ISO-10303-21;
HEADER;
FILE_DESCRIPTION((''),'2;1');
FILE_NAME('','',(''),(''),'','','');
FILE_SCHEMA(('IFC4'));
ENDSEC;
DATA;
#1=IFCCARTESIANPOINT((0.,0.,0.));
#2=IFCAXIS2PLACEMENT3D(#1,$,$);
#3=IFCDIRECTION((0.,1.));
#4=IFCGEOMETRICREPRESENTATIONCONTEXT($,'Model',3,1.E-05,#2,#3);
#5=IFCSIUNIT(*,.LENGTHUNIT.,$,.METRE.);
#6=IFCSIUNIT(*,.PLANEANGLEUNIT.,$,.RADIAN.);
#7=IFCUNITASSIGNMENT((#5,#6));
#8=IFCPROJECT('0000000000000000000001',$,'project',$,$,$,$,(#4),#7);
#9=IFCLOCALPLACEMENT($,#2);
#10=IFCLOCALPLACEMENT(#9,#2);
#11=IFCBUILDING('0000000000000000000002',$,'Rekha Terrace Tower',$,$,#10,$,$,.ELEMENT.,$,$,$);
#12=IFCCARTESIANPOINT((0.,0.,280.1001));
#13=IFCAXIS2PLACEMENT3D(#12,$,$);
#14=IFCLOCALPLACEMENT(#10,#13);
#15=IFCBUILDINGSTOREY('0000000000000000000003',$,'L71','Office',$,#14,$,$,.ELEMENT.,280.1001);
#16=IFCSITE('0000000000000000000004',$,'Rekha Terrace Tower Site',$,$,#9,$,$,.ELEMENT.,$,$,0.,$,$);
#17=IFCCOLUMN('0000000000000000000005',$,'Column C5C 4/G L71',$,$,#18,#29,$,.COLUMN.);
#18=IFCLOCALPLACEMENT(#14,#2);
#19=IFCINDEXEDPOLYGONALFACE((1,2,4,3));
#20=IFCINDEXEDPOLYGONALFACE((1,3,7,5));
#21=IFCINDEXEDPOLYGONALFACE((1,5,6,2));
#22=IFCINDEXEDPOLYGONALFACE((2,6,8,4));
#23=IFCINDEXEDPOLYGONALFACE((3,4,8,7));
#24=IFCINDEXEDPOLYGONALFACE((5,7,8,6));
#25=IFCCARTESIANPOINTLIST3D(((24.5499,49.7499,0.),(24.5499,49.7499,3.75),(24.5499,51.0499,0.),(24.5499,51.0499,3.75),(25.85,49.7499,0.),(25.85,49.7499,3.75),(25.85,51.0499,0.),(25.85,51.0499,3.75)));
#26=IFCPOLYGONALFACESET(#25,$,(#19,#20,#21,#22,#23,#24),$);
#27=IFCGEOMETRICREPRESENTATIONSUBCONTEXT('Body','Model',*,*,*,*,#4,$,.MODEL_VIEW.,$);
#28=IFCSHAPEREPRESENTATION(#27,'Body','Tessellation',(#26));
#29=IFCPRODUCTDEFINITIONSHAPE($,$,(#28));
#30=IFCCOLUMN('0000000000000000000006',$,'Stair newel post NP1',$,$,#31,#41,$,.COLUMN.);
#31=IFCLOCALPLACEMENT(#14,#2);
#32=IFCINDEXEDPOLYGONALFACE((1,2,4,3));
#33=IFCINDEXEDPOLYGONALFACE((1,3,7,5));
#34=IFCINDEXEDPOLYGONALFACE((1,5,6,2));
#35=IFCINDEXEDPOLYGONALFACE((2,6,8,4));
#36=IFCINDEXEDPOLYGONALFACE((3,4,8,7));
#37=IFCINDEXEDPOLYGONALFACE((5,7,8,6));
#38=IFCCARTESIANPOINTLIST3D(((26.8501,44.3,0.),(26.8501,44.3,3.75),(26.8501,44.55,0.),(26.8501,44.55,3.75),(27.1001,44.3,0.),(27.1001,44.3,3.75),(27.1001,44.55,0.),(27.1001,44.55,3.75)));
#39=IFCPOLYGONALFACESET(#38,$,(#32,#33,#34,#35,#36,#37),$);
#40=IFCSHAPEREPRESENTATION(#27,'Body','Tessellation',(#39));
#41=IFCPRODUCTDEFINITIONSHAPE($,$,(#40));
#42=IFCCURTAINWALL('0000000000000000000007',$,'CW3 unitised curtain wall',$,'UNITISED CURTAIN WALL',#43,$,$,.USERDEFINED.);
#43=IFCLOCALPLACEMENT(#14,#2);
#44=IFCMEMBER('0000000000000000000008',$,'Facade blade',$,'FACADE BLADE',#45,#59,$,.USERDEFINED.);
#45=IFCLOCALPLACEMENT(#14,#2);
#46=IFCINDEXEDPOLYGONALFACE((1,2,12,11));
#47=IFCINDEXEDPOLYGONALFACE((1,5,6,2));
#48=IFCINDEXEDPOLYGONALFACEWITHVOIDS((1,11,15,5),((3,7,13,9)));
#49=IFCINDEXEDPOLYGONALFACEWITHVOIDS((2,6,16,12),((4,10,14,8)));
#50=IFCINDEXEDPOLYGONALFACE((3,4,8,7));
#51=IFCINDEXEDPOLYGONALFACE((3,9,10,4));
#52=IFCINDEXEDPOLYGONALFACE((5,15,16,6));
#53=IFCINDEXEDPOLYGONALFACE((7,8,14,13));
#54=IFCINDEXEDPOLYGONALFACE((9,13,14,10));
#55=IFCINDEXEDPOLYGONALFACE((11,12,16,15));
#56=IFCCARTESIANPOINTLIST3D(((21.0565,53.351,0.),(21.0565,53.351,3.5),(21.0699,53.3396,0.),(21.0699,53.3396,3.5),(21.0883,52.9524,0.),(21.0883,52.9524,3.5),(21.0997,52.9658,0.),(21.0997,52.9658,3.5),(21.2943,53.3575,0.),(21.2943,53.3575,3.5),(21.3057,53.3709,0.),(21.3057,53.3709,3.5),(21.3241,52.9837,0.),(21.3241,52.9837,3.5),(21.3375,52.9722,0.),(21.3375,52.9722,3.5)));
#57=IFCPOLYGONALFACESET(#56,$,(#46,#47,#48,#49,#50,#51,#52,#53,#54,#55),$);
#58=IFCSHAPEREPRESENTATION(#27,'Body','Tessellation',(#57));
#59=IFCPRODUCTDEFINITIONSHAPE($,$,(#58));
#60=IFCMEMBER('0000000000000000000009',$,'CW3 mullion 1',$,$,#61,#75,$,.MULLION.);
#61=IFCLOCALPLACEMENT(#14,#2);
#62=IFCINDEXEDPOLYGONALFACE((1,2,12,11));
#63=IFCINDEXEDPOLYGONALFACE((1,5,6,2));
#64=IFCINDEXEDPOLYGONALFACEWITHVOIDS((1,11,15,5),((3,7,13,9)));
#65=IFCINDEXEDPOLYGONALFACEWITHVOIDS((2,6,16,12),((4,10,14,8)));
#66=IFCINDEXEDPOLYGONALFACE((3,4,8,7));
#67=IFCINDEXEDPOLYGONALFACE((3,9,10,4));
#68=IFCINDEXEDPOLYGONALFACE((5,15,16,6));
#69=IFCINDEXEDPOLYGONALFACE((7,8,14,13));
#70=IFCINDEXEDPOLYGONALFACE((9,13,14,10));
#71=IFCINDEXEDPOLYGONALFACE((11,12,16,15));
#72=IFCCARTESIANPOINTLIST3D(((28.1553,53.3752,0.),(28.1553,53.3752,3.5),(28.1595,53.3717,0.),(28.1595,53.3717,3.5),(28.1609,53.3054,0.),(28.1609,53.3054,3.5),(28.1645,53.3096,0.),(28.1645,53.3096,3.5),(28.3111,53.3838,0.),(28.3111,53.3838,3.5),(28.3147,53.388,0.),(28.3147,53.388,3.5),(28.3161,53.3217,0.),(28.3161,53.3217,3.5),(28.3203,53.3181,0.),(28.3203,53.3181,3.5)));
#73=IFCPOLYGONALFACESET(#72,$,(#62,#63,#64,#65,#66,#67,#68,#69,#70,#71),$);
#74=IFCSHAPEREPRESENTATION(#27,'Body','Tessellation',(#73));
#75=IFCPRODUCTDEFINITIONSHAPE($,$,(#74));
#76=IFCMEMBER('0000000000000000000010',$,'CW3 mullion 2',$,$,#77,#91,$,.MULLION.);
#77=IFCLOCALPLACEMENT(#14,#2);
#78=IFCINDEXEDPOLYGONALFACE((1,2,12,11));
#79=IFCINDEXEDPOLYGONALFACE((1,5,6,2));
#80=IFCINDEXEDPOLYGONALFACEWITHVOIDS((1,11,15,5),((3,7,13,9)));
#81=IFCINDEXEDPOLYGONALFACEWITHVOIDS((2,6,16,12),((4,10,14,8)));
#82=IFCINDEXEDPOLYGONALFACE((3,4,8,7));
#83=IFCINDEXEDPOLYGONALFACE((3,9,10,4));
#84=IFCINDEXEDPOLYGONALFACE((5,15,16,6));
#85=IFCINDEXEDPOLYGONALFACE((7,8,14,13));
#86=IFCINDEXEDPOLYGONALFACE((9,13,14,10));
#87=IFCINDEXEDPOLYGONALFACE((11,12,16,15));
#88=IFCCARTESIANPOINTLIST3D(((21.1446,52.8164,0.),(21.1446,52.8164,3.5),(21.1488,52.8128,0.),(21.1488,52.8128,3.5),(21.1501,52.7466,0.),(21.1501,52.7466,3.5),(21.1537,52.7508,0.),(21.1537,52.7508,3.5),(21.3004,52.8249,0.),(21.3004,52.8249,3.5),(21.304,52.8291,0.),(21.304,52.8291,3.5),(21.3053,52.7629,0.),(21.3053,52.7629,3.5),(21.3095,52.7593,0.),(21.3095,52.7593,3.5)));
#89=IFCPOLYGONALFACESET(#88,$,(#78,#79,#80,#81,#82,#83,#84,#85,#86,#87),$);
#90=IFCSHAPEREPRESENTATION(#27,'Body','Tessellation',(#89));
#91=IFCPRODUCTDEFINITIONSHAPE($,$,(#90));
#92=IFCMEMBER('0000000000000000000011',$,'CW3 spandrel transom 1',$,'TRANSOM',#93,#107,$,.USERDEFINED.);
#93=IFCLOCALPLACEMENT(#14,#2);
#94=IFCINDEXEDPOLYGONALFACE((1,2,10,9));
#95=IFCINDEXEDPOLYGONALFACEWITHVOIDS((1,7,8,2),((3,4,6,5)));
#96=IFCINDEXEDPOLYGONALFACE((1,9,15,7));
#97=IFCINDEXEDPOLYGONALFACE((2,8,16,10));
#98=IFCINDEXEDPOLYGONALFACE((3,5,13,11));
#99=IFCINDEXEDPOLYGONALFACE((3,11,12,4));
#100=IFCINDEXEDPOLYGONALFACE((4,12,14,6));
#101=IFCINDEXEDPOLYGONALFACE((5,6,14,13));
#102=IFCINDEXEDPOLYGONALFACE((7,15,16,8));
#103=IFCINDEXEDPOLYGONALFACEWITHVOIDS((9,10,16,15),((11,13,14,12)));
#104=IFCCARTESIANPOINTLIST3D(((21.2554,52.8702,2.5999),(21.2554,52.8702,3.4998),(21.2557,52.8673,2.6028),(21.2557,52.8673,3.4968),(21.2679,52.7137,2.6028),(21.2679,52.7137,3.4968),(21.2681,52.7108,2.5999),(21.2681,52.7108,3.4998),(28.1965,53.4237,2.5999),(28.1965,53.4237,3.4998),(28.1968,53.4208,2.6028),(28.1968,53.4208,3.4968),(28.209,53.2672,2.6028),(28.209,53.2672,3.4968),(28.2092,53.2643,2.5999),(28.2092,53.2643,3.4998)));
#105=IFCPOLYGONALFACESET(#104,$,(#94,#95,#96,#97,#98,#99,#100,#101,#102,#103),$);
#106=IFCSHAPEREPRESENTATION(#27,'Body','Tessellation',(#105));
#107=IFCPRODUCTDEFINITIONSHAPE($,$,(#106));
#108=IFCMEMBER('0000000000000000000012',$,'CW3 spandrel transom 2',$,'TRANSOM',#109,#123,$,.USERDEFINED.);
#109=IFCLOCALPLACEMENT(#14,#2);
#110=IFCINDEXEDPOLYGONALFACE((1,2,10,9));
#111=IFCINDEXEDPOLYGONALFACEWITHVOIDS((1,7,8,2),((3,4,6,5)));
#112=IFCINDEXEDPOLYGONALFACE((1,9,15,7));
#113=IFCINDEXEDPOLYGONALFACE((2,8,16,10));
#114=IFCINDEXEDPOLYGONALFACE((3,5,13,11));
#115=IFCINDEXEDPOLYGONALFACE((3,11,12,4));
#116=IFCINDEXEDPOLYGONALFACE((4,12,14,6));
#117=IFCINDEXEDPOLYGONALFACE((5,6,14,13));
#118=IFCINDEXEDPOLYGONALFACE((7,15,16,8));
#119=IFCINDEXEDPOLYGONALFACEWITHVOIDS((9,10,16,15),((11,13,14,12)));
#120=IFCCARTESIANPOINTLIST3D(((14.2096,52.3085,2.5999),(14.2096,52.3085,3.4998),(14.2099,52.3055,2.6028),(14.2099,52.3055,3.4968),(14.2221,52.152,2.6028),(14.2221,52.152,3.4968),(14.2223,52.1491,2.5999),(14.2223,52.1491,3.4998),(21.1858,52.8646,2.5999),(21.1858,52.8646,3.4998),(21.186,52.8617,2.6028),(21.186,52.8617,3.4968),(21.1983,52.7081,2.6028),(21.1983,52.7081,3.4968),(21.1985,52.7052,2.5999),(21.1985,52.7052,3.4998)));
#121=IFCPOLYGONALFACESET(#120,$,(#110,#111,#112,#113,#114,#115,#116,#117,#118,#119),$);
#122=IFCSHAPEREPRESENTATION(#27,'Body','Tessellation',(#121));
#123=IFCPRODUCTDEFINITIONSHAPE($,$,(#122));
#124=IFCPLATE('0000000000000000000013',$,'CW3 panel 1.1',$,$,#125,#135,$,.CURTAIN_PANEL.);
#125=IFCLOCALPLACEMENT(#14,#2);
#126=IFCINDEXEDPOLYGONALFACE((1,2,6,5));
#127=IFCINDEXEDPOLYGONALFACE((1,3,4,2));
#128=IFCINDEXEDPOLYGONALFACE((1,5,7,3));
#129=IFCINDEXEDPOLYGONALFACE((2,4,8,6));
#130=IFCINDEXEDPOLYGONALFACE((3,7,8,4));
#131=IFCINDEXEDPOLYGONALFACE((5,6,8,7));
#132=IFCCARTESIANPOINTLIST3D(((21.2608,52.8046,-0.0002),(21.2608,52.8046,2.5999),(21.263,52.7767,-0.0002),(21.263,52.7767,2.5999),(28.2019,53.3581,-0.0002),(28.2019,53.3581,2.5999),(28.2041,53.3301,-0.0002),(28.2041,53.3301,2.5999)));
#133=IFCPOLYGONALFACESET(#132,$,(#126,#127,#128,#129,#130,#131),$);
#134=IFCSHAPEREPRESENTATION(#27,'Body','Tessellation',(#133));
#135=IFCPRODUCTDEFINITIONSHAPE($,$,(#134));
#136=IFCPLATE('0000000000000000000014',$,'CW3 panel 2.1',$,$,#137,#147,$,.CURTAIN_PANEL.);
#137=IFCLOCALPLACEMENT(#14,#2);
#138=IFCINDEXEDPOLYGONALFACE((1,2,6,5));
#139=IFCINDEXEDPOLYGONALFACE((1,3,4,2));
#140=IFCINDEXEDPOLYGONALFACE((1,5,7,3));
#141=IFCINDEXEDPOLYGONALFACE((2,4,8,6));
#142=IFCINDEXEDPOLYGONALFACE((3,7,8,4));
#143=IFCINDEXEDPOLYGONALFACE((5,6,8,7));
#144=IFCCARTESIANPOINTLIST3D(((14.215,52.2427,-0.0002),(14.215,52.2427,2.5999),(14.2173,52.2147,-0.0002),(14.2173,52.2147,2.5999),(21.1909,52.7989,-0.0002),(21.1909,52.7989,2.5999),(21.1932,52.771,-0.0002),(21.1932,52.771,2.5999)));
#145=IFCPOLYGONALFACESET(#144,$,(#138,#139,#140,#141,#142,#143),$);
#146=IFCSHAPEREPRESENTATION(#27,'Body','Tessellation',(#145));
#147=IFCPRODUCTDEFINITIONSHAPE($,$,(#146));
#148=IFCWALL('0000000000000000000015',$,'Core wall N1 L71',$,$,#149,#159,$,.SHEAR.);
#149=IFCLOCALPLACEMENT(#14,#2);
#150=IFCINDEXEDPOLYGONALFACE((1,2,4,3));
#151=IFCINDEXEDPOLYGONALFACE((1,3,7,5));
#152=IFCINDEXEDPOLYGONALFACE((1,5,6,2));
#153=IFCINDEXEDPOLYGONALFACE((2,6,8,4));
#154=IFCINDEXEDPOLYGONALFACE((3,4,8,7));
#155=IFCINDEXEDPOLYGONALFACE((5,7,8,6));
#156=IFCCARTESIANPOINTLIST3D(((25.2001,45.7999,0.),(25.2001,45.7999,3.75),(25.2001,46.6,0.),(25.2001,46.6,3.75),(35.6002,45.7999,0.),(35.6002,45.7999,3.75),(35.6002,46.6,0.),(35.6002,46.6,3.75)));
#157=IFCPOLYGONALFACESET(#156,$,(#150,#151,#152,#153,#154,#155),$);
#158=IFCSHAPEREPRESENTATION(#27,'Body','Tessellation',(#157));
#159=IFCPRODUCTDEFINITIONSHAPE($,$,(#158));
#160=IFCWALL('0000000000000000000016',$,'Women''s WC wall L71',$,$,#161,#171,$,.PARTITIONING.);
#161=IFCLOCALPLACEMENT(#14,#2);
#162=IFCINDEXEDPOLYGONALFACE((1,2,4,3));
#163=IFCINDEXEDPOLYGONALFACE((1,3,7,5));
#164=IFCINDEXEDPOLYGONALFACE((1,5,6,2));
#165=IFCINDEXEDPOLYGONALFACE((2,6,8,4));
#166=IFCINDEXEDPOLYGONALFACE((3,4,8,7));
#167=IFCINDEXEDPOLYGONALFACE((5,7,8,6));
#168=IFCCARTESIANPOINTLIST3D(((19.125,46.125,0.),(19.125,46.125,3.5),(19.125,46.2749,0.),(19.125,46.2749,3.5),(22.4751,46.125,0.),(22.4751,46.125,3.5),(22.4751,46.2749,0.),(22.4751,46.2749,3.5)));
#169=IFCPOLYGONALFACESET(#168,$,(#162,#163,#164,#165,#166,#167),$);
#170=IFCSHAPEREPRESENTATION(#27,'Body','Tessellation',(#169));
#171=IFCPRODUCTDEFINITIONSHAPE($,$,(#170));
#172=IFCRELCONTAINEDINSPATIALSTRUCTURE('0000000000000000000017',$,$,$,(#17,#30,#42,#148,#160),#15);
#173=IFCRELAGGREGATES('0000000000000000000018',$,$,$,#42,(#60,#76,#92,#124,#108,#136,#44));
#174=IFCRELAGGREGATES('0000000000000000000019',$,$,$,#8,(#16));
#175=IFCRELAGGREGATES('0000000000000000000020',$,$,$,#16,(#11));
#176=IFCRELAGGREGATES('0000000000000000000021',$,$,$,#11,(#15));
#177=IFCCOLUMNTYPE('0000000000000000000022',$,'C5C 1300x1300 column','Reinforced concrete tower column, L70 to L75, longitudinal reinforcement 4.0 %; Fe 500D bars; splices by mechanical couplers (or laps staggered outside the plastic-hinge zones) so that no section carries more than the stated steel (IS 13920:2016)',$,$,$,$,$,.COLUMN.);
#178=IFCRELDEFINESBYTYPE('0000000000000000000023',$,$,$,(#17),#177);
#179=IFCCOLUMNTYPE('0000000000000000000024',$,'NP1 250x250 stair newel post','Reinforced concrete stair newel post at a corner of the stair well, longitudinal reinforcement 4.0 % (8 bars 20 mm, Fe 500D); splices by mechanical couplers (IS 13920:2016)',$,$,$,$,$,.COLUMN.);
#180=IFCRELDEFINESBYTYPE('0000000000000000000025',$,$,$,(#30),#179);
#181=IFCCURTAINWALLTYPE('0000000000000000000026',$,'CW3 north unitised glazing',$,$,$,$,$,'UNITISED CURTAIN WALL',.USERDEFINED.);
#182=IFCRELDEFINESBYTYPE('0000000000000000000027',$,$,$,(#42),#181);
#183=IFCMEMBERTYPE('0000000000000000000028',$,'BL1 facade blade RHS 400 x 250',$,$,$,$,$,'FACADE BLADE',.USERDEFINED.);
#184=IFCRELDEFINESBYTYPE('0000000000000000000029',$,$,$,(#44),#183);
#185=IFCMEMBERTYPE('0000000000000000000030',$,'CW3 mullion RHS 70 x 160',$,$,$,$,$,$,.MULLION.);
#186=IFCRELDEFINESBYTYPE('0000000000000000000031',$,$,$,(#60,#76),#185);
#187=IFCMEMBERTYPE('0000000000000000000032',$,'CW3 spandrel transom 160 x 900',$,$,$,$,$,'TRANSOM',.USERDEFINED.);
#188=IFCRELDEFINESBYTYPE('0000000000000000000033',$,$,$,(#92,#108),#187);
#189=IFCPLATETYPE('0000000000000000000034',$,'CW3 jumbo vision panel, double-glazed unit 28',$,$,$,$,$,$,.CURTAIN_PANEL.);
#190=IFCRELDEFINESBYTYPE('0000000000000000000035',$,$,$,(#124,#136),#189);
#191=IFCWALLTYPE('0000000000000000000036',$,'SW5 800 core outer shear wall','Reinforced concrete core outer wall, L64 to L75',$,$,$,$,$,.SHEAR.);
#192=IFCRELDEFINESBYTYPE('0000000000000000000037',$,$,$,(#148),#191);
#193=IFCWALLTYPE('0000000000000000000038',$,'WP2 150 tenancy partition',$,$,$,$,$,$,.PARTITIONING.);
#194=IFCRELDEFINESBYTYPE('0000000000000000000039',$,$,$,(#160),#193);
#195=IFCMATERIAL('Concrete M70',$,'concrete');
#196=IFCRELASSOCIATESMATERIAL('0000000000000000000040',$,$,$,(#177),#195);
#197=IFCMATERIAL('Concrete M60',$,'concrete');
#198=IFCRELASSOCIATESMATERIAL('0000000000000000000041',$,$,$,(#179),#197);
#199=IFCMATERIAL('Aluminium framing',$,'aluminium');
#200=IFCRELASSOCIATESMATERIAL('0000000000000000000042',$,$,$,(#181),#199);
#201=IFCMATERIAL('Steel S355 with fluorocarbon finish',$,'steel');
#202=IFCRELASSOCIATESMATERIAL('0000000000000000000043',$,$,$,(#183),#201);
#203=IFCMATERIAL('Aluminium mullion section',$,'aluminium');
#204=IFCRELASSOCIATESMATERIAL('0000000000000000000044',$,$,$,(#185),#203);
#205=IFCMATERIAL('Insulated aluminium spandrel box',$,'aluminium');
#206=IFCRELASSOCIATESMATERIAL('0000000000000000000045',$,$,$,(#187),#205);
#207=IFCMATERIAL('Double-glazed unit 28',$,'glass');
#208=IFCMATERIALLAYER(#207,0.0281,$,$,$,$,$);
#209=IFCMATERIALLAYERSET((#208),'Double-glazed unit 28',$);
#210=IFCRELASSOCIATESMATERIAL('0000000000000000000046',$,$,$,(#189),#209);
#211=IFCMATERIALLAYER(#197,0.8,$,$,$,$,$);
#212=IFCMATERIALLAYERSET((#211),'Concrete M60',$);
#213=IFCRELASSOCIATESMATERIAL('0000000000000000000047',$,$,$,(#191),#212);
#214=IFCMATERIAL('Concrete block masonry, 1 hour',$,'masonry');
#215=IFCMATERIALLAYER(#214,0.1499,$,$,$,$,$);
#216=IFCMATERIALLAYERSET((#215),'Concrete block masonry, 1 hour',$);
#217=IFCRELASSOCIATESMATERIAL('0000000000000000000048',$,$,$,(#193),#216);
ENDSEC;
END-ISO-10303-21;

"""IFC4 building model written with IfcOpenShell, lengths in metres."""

from ifc_helpers import new_model, si_unit, direction, frame, frame_2d, origin, origin_2d, place, context, subcontext, project, spatial, rectangle, hollow_rectangle, extrude, material, layer, layer_set, material_profile, profile_set, type_object, element, aggregate, save


model = new_model("IFC4")

# Units and contexts
model_context = context("Model", 3, precision=1e-05, world=origin(), true_north=direction((0.0, 1.0)))
body_context = subcontext(model_context, "Body", "Model", "MODEL_VIEW")
ifc_project = project(units=[si_unit("LENGTHUNIT", "METRE"), si_unit("PLANEANGLEUNIT", "RADIAN")], contexts=[model_context])

# Site, building, storey
site_placement = place(None, origin())
site = spatial("IfcSite", under=ifc_project, at=site_placement, Name="Rekha Terrace Tower Site", CompositionType="ELEMENT", RefElevation=0.0)
building_placement = place(site_placement, origin())
building = spatial("IfcBuilding", under=site, at=building_placement, Name="Rekha Terrace Tower", CompositionType="ELEMENT")
storey_placement = place(building_placement, frame((0.0, 0.0, 280.1001)))
storey = spatial("IfcBuildingStorey", under=building, at=storey_placement, Name="L71", Description="Office", CompositionType="ELEMENT", Elevation=280.1001)

# Columns
ifc_material_1 = material(Name="Concrete M70", Category="concrete")
ifc_material_profile_1 = material_profile(ifc_material_1, rectangle(XDim=1.3, YDim=1.3, at=origin_2d()), Name="RC 1300x1300")
ifc_profile_set_1 = profile_set([ifc_material_profile_1], Name="Concrete M70")
column_type_1 = type_object("IfcColumnType", Name="C5C 1300x1300 column", Description="Reinforced concrete tower column, L70 to L75, longitudinal reinforcement 4.0 %; Fe 500D bars; splices by mechanical couplers (or laps staggered outside the plastic-hinge zones) so that no section carries more than the stated steel (IS 13920:2016)", PredefinedType="COLUMN", material=ifc_profile_set_1)
column_1_placement = place(storey_placement, frame((25.2, 50.3999, 0.0), z_axis=(0.0, 0.0, 1.0), x_axis=(1.0, 0.0, 0.0)))
element("IfcColumn", 1, at=column_1_placement, inside=storey, type_object=column_type_1, Name="Column C5C 4/G L71", PredefinedType="COLUMN", context=body_context, shape_type="SweptSolid", body=[
    extrude(rectangle(XDim=1.3, YDim=1.3, at=origin_2d()), origin(), (0.0, 0.0, 1.0), 3.75),
])
ifc_material_2 = material(Name="Concrete M60", Category="concrete")
ifc_material_profile_2 = material_profile(ifc_material_2, rectangle(XDim=0.25, YDim=0.25, at=origin_2d()), Name="RC 250x250")
ifc_profile_set_2 = profile_set([ifc_material_profile_2], Name="Concrete M60")
column_type_2 = type_object("IfcColumnType", Name="NP1 250x250 stair newel post", Description="Reinforced concrete stair newel post at a corner of the stair well, longitudinal reinforcement 4.0 % (8 bars 20 mm, Fe 500D); splices by mechanical couplers (IS 13920:2016)", PredefinedType="COLUMN", material=ifc_profile_set_2)
column_2_placement = place(storey_placement, frame((26.9751, 44.425, 0.0), z_axis=(0.0, 0.0, 1.0), x_axis=(1.0, 0.0, 0.0)))
element("IfcColumn", 2, at=column_2_placement, inside=storey, type_object=column_type_2, Name="Stair newel post NP1", PredefinedType="COLUMN", context=body_context, shape_type="SweptSolid", body=[
    extrude(rectangle(XDim=0.25, YDim=0.25, at=origin_2d()), origin(), (0.0, 0.0, 1.0), 3.75),
])

# Curtain wall, members, plates
ifc_material_3 = material(Name="Aluminium framing", Category="aluminium")
curtain_wall_type = type_object("IfcCurtainWallType", Name="CW3 north unitised glazing", ElementType="UNITISED CURTAIN WALL", PredefinedType="USERDEFINED", material=ifc_material_3)
curtain_wall_placement = place(storey_placement, origin())
curtain_wall = element("IfcCurtainWall", 3, at=curtain_wall_placement, inside=storey, type_object=curtain_wall_type, Name="CW3 unitised curtain wall", ObjectType="UNITISED CURTAIN WALL", PredefinedType="USERDEFINED")
ifc_material_4 = material(Name="Steel S355 with fluorocarbon finish", Category="steel")
ifc_material_profile_3 = material_profile(ifc_material_4, hollow_rectangle(XDim=0.25, YDim=0.3999, WallThickness=0.0125, at=origin_2d()), Name="RHS400x250x12.5")
ifc_profile_set_3 = profile_set([ifc_material_profile_3], Name="Steel S355 with fluorocarbon finish")
member_type_1 = type_object("IfcMemberType", Name="BL1 facade blade RHS 400 x 250", ElementType="FACADE BLADE", PredefinedType="USERDEFINED", material=ifc_profile_set_3)
member_1_placement = place(storey_placement, frame((21.197, 53.1616, 0.0), z_axis=(0.0, 0.0, 1.0), x_axis=(-0.996836, -0.079486, 0.0)))
member_1 = element("IfcMember", 4, at=member_1_placement, type_object=member_type_1, Name="Facade blade", ObjectType="FACADE BLADE", PredefinedType="USERDEFINED", context=body_context, shape_type="SweptSolid", body=[
    extrude(hollow_rectangle(XDim=0.25, YDim=0.3999, WallThickness=0.0125, at=origin_2d()), origin(), (0.0, 0.0, 1.0), 3.5),
])
ifc_material_5 = material(Name="Aluminium mullion section", Category="aluminium")
ifc_material_profile_4 = material_profile(ifc_material_5, hollow_rectangle(XDim=0.0701, YDim=0.1599, WallThickness=0.0039, at=origin_2d()), Name="AL RHS 70x160")
ifc_profile_set_4 = profile_set([ifc_material_profile_4], Name="Aluminium mullion section")
member_type_2 = type_object("IfcMemberType", Name="CW3 mullion RHS 70 x 160", PredefinedType="MULLION", material=ifc_profile_set_4)
member_2_placement = place(storey_placement, frame((28.2378, 53.3467, 0.0), z_axis=(0.0, 0.0, 1.0), x_axis=(0.079485, -0.996836, 0.0)))
member_2 = element("IfcMember", 5, at=member_2_placement, type_object=member_type_2, Name="CW3 mullion 1", PredefinedType="MULLION", context=body_context, shape_type="SweptSolid", body=[
    extrude(hollow_rectangle(XDim=0.0701, YDim=0.1599, WallThickness=0.0039, at=origin_2d()), origin(), (0.0, 0.0, 1.0), 3.5),
])
member_3_placement = place(storey_placement, frame((21.2271, 52.7878, 0.0), z_axis=(0.0, 0.0, 1.0), x_axis=(0.079485, -0.996836, 0.0)))
member_3 = element("IfcMember", 6, at=member_3_placement, type_object=member_type_2, Name="CW3 mullion 2", PredefinedType="MULLION", context=body_context, shape_type="SweptSolid", body=[
    extrude(hollow_rectangle(XDim=0.0701, YDim=0.1599, WallThickness=0.0039, at=origin_2d()), origin(), (0.0, 0.0, 1.0), 3.5),
])
ifc_material_6 = material(Name="Insulated aluminium spandrel box", Category="aluminium")
ifc_material_profile_5 = material_profile(ifc_material_6, hollow_rectangle(XDim=0.1599, YDim=0.8999, WallThickness=0.0029, at=origin_2d()), Name="AL SPANDREL BOX 160x900")
ifc_profile_set_5 = profile_set([ifc_material_profile_5], Name="Insulated aluminium spandrel box")
member_type_3 = type_object("IfcMemberType", Name="CW3 spandrel transom 160 x 900", ElementType="TRANSOM", PredefinedType="USERDEFINED", material=ifc_profile_set_5)
member_4_placement = place(storey_placement, frame((28.2029, 53.344, 3.0498), z_axis=(-0.996836, -0.079485, 0.0), x_axis=(0.079485, -0.996836, 0.0)))
member_4 = element("IfcMember", 7, at=member_4_placement, type_object=member_type_3, Name="CW3 spandrel transom 1", ObjectType="TRANSOM", PredefinedType="USERDEFINED", context=body_context, shape_type="SweptSolid", body=[
    extrude(hollow_rectangle(XDim=0.1599, YDim=0.8999, WallThickness=0.0029, at=origin_2d()), origin(), (0.0, 0.0, 1.0), 6.9631),
])
member_5_placement = place(storey_placement, frame((21.1921, 52.7849, 3.0498), z_axis=(-0.996837, -0.079471, 0.0), x_axis=(0.079471, -0.996837, 0.0)))
member_5 = element("IfcMember", 8, at=member_5_placement, type_object=member_type_3, Name="CW3 spandrel transom 2", ObjectType="TRANSOM", PredefinedType="USERDEFINED", context=body_context, shape_type="SweptSolid", body=[
    extrude(hollow_rectangle(XDim=0.1599, YDim=0.8999, WallThickness=0.0029, at=origin_2d()), origin(), (0.0, 0.0, 1.0), 6.9983),
])
ifc_material_7 = material(Name="Double-glazed unit 28", Category="glass")
ifc_layer_1 = layer(ifc_material_7, 0.0281)
ifc_layer_set_1 = layer_set([ifc_layer_1], Name="Double-glazed unit 28")
plate_type = type_object("IfcPlateType", Name="CW3 jumbo vision panel, double-glazed unit 28", PredefinedType="CURTAIN_PANEL", material=ifc_layer_set_1)
plate_1_placement = place(storey_placement, frame((24.7324, 53.0674, -0.0002), z_axis=(0.0, 0.0, 1.0), x_axis=(-0.996836, -0.079485, 0.0)))
plate_1 = element("IfcPlate", 9, at=plate_1_placement, type_object=plate_type, Name="CW3 panel 1.1", PredefinedType="CURTAIN_PANEL", context=body_context, shape_type="SweptSolid", body=[
    extrude(rectangle(XDim=6.9631, YDim=0.0281, at=origin_2d()), origin(), (0.0, 0.0, 1.0), 2.6001),
])
plate_2_placement = place(storey_placement, frame((17.7041, 52.5068, -0.0002), z_axis=(0.0, 0.0, 1.0), x_axis=(-0.996836, -0.079485, 0.0)))
plate_2 = element("IfcPlate", 10, at=plate_2_placement, type_object=plate_type, Name="CW3 panel 2.1", PredefinedType="CURTAIN_PANEL", context=body_context, shape_type="SweptSolid", body=[
    extrude(rectangle(XDim=6.998, YDim=0.0281, at=origin_2d()), origin(), (0.0, 0.0, 1.0), 2.6001),
])
aggregate(curtain_wall, [member_2, member_3, member_4, plate_1, member_5, plate_2, member_1])

# Walls
ifc_layer_2 = layer(ifc_material_2, 0.8)
ifc_layer_set_2 = layer_set([ifc_layer_2], Name="Concrete M60")
wall_type_1 = type_object("IfcWallType", Name="SW5 800 core outer shear wall", Description="Reinforced concrete core outer wall, L64 to L75", PredefinedType="SHEAR", material=ifc_layer_set_2)
wall_1_placement = place(storey_placement, frame((25.2, 46.2, 0.0), z_axis=(0.0, 0.0, 1.0), x_axis=(1.0, 0.0, 0.0)))
element("IfcWall", 11, at=wall_1_placement, inside=storey, type_object=wall_type_1, Name="Core wall N1 L71", PredefinedType="SHEAR", context=body_context, shape_type="SweptSolid", body=[
    extrude(rectangle(XDim=10.4001, YDim=0.8, at=frame_2d((5.2002, 0.0))), origin(), (0.0, 0.0, 1.0), 3.75),
])
ifc_material_8 = material(Name="Concrete block masonry, 1 hour", Category="masonry")
ifc_layer_3 = layer(ifc_material_8, 0.1499)
ifc_layer_set_3 = layer_set([ifc_layer_3], Name="Concrete block masonry, 1 hour")
wall_type_2 = type_object("IfcWallType", Name="WP2 150 tenancy partition", PredefinedType="PARTITIONING", material=ifc_layer_set_3)
wall_2_placement = place(storey_placement, frame((19.125, 46.2, 0.0), z_axis=(0.0, 0.0, 1.0), x_axis=(1.0, 0.0, 0.0)))
element("IfcWall", 12, at=wall_2_placement, inside=storey, type_object=wall_type_2, Name="Women's WC wall L71", PredefinedType="PARTITIONING", context=body_context, shape_type="SweptSolid", body=[
    extrude(rectangle(XDim=3.3501, YDim=0.1499, at=frame_2d((1.675, 0.0))), origin(), (0.0, 0.0, 1.0), 3.5),
])

save(model, "model.ifc")
